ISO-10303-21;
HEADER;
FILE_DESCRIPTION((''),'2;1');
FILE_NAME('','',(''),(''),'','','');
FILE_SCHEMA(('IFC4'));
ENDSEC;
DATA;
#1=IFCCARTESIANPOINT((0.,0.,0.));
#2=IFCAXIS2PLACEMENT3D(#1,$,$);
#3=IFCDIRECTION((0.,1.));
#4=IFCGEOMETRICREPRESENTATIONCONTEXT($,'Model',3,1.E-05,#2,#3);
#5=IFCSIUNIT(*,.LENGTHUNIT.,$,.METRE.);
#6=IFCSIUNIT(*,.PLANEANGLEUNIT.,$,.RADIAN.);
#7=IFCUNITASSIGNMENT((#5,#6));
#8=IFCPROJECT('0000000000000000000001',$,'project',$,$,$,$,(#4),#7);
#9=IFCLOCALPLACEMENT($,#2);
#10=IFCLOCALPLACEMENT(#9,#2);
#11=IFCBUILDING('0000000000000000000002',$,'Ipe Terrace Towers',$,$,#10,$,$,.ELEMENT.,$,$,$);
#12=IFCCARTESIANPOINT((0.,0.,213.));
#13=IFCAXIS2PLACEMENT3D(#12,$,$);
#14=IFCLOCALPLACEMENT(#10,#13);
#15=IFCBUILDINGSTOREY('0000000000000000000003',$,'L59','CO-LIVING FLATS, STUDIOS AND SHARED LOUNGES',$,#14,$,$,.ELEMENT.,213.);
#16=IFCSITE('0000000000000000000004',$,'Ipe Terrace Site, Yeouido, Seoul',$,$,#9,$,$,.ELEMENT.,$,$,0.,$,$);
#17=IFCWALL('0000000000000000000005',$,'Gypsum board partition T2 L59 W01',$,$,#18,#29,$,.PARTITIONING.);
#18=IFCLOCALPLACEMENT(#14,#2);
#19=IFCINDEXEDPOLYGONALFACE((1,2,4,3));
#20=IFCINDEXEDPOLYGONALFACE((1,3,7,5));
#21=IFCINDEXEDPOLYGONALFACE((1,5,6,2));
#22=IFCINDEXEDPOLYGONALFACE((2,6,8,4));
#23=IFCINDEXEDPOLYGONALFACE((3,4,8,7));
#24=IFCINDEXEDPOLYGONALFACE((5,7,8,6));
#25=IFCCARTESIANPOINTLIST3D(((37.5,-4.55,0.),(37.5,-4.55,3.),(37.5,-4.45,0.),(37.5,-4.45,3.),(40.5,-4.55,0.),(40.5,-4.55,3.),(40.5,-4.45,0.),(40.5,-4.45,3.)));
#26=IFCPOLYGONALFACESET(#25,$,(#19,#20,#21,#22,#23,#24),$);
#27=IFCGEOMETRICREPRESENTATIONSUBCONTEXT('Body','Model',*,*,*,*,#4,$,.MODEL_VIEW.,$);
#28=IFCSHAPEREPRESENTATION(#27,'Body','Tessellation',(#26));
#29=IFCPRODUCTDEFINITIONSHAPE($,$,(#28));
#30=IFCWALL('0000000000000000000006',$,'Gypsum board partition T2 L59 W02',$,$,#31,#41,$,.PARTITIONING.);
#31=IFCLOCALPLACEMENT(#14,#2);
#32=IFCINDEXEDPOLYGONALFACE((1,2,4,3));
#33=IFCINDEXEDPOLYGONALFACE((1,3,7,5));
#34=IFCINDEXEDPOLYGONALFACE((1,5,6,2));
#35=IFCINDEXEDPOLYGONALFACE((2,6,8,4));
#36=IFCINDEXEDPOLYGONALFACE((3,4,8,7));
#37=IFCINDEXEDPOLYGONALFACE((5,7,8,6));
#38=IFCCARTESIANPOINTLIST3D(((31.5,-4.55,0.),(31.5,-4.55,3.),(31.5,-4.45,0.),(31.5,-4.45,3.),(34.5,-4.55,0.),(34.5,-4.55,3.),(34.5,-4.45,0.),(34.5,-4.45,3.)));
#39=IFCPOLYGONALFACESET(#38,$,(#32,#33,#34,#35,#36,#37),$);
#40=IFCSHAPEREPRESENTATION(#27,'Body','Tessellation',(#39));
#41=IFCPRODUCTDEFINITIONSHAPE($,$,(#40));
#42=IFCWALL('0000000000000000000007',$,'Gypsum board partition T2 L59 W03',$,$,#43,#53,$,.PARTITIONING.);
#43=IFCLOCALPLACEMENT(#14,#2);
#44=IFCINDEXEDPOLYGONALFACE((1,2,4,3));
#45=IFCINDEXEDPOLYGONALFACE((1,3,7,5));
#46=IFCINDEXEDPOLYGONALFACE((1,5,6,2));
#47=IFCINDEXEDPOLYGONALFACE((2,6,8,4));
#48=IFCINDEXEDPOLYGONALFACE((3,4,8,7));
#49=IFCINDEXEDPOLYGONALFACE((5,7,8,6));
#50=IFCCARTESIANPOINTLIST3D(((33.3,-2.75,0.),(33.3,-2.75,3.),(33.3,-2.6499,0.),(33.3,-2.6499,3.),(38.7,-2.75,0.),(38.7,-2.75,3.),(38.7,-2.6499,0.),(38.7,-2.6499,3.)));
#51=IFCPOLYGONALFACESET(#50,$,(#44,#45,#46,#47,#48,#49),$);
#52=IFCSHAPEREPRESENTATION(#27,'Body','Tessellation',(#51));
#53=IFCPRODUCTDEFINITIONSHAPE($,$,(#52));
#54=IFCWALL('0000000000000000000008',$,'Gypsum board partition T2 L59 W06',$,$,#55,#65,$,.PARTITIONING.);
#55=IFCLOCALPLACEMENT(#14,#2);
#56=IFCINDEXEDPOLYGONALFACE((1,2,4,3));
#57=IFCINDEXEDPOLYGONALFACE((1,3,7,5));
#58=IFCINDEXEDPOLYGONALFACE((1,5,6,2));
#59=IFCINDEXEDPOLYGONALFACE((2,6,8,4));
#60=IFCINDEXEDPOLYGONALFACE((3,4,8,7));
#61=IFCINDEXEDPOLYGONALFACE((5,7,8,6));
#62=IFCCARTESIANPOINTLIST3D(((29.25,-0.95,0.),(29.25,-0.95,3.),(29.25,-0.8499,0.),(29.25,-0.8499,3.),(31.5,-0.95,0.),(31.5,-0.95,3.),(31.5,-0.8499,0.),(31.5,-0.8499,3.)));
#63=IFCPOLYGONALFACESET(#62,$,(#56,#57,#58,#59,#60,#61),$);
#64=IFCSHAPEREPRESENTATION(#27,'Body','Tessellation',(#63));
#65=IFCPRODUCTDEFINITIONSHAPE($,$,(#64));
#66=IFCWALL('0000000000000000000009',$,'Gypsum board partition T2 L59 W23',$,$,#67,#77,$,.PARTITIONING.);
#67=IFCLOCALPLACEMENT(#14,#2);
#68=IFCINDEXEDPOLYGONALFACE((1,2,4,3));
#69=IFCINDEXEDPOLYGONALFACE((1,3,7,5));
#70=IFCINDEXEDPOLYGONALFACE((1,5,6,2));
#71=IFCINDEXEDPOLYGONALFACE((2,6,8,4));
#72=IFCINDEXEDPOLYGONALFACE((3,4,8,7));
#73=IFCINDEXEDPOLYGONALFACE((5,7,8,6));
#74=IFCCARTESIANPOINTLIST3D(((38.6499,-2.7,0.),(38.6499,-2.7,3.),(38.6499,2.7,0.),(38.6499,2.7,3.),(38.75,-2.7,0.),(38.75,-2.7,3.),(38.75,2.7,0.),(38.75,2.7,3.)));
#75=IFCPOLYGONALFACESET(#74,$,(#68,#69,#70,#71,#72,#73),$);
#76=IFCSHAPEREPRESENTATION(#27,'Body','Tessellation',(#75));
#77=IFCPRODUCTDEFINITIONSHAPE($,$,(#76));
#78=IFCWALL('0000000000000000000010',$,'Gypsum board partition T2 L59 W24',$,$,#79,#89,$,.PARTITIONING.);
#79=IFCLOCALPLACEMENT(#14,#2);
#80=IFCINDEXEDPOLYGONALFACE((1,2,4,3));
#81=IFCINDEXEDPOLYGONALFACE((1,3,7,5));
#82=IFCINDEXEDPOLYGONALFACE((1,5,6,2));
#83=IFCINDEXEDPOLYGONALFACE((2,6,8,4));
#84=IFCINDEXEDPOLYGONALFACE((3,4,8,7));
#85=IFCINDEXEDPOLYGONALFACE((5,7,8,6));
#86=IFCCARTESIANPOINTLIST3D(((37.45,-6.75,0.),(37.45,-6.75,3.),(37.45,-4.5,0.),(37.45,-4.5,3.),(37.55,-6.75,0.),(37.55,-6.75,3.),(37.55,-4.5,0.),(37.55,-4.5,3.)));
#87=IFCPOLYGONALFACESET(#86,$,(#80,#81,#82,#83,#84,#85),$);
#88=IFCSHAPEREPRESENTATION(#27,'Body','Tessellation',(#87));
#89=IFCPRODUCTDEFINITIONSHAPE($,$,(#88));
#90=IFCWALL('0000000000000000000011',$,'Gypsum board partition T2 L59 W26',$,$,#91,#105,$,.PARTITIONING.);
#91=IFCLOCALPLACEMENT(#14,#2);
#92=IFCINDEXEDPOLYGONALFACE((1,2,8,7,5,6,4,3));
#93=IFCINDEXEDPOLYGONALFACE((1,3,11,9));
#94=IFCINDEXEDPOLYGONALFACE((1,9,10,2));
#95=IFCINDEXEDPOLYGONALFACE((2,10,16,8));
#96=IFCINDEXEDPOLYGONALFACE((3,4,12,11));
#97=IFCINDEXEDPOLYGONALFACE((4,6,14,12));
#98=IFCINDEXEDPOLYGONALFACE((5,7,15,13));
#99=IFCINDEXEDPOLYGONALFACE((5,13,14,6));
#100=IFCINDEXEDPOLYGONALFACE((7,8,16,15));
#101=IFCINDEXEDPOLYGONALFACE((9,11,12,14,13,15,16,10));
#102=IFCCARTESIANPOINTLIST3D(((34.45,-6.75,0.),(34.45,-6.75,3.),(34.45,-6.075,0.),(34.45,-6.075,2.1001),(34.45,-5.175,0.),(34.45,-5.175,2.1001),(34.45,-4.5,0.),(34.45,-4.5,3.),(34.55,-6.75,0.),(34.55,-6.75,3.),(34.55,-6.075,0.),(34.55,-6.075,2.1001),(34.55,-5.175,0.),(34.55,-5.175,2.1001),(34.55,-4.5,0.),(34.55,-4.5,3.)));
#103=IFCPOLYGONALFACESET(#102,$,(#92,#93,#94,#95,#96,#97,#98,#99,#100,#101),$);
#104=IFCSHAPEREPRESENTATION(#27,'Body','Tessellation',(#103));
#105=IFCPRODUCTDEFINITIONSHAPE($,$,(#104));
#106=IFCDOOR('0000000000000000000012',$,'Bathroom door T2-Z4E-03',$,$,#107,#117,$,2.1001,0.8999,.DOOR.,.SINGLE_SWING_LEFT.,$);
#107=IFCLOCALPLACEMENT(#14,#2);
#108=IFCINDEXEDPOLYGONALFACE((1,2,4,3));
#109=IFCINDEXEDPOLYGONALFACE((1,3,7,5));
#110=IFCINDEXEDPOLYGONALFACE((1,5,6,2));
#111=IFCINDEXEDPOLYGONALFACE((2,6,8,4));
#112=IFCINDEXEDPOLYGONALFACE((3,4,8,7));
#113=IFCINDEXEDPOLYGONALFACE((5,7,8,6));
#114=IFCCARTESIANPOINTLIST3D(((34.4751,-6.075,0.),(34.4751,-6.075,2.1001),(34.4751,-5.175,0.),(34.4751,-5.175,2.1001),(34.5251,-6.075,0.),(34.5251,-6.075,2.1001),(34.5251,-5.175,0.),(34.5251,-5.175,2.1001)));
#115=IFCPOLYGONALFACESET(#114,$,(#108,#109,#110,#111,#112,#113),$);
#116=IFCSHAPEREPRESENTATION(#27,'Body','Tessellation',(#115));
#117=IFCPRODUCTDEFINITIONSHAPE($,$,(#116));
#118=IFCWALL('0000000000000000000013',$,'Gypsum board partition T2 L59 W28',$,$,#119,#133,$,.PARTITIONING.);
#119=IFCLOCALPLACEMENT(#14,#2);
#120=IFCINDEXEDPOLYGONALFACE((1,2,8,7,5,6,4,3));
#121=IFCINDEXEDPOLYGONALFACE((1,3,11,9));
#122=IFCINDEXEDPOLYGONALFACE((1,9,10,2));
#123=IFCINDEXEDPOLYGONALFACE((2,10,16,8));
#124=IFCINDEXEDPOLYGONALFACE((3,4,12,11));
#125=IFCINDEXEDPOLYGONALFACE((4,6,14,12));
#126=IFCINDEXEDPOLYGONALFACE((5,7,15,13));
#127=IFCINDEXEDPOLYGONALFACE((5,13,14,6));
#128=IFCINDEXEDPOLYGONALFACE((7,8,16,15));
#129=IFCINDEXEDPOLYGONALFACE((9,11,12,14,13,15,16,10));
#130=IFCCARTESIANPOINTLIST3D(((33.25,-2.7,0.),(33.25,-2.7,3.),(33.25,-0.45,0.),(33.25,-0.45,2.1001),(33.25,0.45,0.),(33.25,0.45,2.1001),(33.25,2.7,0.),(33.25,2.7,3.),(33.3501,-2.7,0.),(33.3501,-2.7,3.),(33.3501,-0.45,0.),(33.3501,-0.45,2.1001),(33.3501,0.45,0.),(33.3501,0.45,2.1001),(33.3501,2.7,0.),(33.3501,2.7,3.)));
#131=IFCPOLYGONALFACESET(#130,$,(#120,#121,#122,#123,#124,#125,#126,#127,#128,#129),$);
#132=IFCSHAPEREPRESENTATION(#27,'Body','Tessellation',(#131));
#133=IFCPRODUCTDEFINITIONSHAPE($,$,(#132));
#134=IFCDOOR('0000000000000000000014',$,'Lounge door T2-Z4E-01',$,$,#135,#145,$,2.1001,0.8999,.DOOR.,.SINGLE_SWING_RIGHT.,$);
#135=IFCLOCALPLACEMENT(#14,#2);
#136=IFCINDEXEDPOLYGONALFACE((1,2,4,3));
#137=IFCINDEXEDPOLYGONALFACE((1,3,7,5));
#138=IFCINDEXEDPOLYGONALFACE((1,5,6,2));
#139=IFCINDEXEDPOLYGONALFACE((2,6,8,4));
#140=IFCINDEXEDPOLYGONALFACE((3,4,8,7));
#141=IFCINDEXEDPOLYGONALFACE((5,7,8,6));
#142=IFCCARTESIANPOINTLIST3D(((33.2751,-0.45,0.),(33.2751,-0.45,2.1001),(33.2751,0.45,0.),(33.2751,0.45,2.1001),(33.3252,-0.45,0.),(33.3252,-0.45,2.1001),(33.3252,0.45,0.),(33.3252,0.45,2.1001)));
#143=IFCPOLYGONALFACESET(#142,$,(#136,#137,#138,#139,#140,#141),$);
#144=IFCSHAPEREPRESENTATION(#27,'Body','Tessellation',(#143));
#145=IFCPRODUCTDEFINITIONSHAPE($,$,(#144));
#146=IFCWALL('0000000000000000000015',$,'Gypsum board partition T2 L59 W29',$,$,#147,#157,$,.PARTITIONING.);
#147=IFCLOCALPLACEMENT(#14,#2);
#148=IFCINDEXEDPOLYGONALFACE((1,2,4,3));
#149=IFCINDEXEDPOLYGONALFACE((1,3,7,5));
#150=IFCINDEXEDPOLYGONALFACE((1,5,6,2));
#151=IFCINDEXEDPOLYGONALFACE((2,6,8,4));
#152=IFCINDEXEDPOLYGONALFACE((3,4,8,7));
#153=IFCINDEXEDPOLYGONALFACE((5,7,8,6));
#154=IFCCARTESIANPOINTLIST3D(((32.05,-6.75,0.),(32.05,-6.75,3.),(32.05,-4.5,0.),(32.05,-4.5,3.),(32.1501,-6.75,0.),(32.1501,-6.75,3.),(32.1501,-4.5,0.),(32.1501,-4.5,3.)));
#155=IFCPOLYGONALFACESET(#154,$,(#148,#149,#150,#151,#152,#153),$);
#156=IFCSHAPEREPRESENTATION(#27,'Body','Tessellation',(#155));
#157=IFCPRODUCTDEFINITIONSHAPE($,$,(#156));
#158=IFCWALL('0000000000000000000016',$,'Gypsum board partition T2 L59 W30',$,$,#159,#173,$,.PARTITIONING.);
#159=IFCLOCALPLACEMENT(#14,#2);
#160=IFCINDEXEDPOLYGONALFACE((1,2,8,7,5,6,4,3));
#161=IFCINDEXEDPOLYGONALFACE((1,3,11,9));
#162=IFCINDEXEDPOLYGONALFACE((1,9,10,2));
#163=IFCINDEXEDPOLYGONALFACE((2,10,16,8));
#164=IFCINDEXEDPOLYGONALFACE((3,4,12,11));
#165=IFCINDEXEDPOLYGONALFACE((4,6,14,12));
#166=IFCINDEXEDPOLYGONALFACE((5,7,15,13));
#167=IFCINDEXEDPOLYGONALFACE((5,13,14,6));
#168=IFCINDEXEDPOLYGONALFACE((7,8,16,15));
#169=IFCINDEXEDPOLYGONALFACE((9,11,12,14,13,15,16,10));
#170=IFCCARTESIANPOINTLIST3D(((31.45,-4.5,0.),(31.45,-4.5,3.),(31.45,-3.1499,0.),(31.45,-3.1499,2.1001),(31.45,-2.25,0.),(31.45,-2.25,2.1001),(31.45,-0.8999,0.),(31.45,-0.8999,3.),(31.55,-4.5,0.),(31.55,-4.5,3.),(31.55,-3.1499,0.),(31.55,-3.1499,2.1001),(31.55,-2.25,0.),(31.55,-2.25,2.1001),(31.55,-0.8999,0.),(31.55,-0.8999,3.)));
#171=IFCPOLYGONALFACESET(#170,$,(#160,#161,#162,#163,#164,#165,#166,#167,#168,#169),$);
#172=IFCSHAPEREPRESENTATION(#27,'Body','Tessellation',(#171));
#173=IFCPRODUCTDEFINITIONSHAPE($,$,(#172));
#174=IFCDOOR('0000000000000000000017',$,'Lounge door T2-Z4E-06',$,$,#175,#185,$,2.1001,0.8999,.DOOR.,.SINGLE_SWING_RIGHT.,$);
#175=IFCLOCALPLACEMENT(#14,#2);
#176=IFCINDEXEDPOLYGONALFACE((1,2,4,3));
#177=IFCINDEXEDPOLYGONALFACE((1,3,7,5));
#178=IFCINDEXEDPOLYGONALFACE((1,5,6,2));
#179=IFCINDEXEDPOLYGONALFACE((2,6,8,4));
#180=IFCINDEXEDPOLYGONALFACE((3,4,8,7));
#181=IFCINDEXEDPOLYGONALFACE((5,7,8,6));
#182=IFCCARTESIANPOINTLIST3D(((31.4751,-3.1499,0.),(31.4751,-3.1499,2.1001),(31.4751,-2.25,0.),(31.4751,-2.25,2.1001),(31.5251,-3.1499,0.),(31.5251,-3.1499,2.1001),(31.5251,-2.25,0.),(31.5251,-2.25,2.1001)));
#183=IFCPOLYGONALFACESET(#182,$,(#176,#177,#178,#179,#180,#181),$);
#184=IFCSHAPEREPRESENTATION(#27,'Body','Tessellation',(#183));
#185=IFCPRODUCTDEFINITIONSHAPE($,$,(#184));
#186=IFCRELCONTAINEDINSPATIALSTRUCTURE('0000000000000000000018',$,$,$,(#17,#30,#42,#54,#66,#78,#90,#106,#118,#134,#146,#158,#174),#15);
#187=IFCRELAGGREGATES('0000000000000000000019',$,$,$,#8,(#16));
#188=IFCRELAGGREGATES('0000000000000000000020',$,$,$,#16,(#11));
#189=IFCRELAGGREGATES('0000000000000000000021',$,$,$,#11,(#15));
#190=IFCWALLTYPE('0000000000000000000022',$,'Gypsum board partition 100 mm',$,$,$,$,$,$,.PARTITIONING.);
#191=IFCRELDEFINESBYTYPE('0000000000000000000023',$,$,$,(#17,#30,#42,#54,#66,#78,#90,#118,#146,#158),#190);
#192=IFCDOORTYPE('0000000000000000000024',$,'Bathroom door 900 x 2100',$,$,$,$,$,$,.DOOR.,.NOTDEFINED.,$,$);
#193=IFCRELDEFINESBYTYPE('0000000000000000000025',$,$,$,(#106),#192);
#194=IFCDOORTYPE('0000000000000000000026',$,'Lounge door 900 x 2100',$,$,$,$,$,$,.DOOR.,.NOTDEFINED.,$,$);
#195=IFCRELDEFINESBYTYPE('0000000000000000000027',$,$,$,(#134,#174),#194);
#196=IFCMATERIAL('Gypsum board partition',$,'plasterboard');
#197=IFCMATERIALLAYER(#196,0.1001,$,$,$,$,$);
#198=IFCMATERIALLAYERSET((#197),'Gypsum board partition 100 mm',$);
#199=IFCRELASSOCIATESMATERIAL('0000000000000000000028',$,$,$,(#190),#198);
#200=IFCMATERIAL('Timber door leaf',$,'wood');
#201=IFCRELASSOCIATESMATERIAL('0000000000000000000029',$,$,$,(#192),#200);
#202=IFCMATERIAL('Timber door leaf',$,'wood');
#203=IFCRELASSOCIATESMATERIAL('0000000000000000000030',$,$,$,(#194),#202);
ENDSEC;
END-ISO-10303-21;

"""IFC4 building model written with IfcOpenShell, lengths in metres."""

from ifc_helpers import new_model, si_unit, direction, frame, frame_2d, origin, place, context, subcontext, project, spatial, rectangle, extrude, material, layer, layer_set, type_object, element, fill, save


model = new_model("IFC4")

# Units and contexts
model_context = context("Model", 3, precision=1e-05, world=origin(), true_north=direction((0.0, 1.0)))
body_context = subcontext(model_context, "Body", "Model", "MODEL_VIEW")
ifc_project = project(units=[si_unit("LENGTHUNIT", "METRE"), si_unit("PLANEANGLEUNIT", "RADIAN")], contexts=[model_context])

# Site, building, storey
site_placement = place(None, origin())
site = spatial("IfcSite", under=ifc_project, at=site_placement, Name="Ipe Terrace Site, Yeouido, Seoul", CompositionType="ELEMENT", RefElevation=0.0)
building_placement = place(site_placement, origin())
building = spatial("IfcBuilding", under=site, at=building_placement, Name="Ipe Terrace Towers", CompositionType="ELEMENT")
storey_placement = place(building_placement, frame((0.0, 0.0, 213.0)))
storey = spatial("IfcBuildingStorey", under=building, at=storey_placement, Name="L59", Description="CO-LIVING FLATS, STUDIOS AND SHARED LOUNGES", CompositionType="ELEMENT", Elevation=213.0)

# Walls
ifc_material_1 = material(Name="Gypsum board partition", Category="plasterboard")
ifc_layer_1 = layer(ifc_material_1, 0.1001)
ifc_layer_set_1 = layer_set([ifc_layer_1], Name="Gypsum board partition 100 mm")
wall_type_1 = type_object("IfcWallType", Name="Gypsum board partition 100 mm", PredefinedType="PARTITIONING", material=ifc_layer_set_1)
for number, where, z_axis, x_axis, name in (
    (1, (40.5, -4.5, 0.0), (0.0, 0.0, 1.0), (-1.0, 0.0, 0.0), "Gypsum board partition T2 L59 W01"),
    (2, (34.5, -4.5, 0.0), (0.0, 0.0, 1.0), (-1.0, 0.0, 0.0), "Gypsum board partition T2 L59 W02"),
):
    element("IfcWall", number, at=place(storey_placement, frame(where, z_axis=z_axis, x_axis=x_axis)), inside=storey, type_object=wall_type_1, Name=name, PredefinedType="PARTITIONING", context=body_context, shape_type="SweptSolid", body=[
        extrude(rectangle(XDim=3.0, YDim=0.1001, at=frame_2d((1.5, 0.0))), origin(), (0.0, 0.0, 1.0), 3.0),
    ])
wall_1_placement = place(storey_placement, frame((38.7, -2.7, 0.0), z_axis=(0.0, 0.0, 1.0), x_axis=(-1.0, 0.0, 0.0)))
element("IfcWall", 3, at=wall_1_placement, inside=storey, type_object=wall_type_1, Name="Gypsum board partition T2 L59 W03", PredefinedType="PARTITIONING", context=body_context, shape_type="SweptSolid", body=[
    extrude(rectangle(XDim=5.3999, YDim=0.1001, at=frame_2d((2.7, 0.0))), origin(), (0.0, 0.0, 1.0), 3.0),
])
wall_2_placement = place(storey_placement, frame((31.5, -0.8999, 0.0), z_axis=(0.0, 0.0, 1.0), x_axis=(-1.0, 0.0, 0.0)))
element("IfcWall", 4, at=wall_2_placement, inside=storey, type_object=wall_type_1, Name="Gypsum board partition T2 L59 W06", PredefinedType="PARTITIONING", context=body_context, shape_type="SweptSolid", body=[
    extrude(rectangle(XDim=2.25, YDim=0.1001, at=frame_2d((1.125, 0.0))), origin(), (0.0, 0.0, 1.0), 3.0),
])
wall_3_placement = place(storey_placement, frame((38.7, -2.7, 0.0), z_axis=(0.0, 0.0, 1.0), x_axis=(0.0, 1.0, 0.0)))
element("IfcWall", 5, at=wall_3_placement, inside=storey, type_object=wall_type_1, Name="Gypsum board partition T2 L59 W23", PredefinedType="PARTITIONING", context=body_context, shape_type="SweptSolid", body=[
    extrude(rectangle(XDim=5.3999, YDim=0.1001, at=frame_2d((2.7, 0.0))), origin(), (0.0, 0.0, 1.0), 3.0),
])
wall_4_placement = place(storey_placement, frame((37.5, -6.75, 0.0), z_axis=(0.0, 0.0, 1.0), x_axis=(0.0, 1.0, 0.0)))
element("IfcWall", 6, at=wall_4_placement, inside=storey, type_object=wall_type_1, Name="Gypsum board partition T2 L59 W24", PredefinedType="PARTITIONING", context=body_context, shape_type="SweptSolid", body=[
    extrude(rectangle(XDim=2.25, YDim=0.1001, at=frame_2d((1.125, 0.0))), origin(), (0.0, 0.0, 1.0), 3.0),
])

# Walls, openings, doors
wall_5_placement = place(storey_placement, frame((34.5, -6.75, 0.0), z_axis=(0.0, 0.0, 1.0), x_axis=(0.0, 1.0, 0.0)))
wall_5 = element("IfcWall", 7, at=wall_5_placement, inside=storey, type_object=wall_type_1, Name="Gypsum board partition T2 L59 W26", PredefinedType="PARTITIONING", context=body_context, shape_type="SweptSolid", body=[
    extrude(rectangle(XDim=2.25, YDim=0.1001, at=frame_2d((1.125, 0.0))), origin(), (0.0, 0.0, 1.0), 3.0),
])
opening_1_placement = place(wall_5_placement, frame((0.675, 0.0, 0.0)))
opening_1 = element("IfcOpeningElement", 8, at=opening_1_placement, cuts=wall_5, PredefinedType="OPENING", context=body_context, shape_type="SweptSolid", body=[
    extrude(rectangle(XDim=0.8999, YDim=2.1001, at=frame_2d((0.45, 1.05))), frame((0.0, 0.0601, 0.0), z_axis=(0.0, -1.0, 0.0), x_axis=(1.0, 0.0, 0.0)), (0.0, 0.0, 1.0), 0.1201),
])
ifc_material_2 = material(Name="Timber door leaf", Category="wood")
door_type_1 = type_object("IfcDoorType", Name="Bathroom door 900 x 2100", OperationType="NOTDEFINED", PredefinedType="DOOR", material=ifc_material_2)
door_1_placement = place(opening_1_placement, origin())
door_1 = element("IfcDoor", 9, at=door_1_placement, inside=storey, type_object=door_type_1, Name="Bathroom door T2-Z4E-03", OperationType="SINGLE_SWING_LEFT", OverallHeight=2.1001, OverallWidth=0.8999, PredefinedType="DOOR", context=body_context, shape_type="SweptSolid", body=[
    extrude(rectangle(XDim=0.8999, YDim=2.1001, at=frame_2d((0.45, 1.05))), frame((0.0, 0.0249, 0.0), z_axis=(0.0, -1.0, 0.0), x_axis=(1.0, 0.0, 0.0)), (0.0, 0.0, 1.0), 0.05),
])
fill(opening_1, door_1)
wall_6_placement = place(storey_placement, frame((33.3, -2.7, 0.0), z_axis=(0.0, 0.0, 1.0), x_axis=(0.0, 1.0, 0.0)))
wall_6 = element("IfcWall", 10, at=wall_6_placement, inside=storey, type_object=wall_type_1, Name="Gypsum board partition T2 L59 W28", PredefinedType="PARTITIONING", context=body_context, shape_type="SweptSolid", body=[
    extrude(rectangle(XDim=5.3999, YDim=0.1001, at=frame_2d((2.7, 0.0))), origin(), (0.0, 0.0, 1.0), 3.0),
])
opening_2_placement = place(wall_6_placement, frame((2.25, 0.0, 0.0)))
opening_2 = element("IfcOpeningElement", 11, at=opening_2_placement, cuts=wall_6, PredefinedType="OPENING", context=body_context, shape_type="SweptSolid", body=[
    extrude(rectangle(XDim=0.8999, YDim=2.1001, at=frame_2d((0.45, 1.05))), frame((0.0, 0.0601, 0.0), z_axis=(0.0, -1.0, 0.0), x_axis=(1.0, 0.0, 0.0)), (0.0, 0.0, 1.0), 0.1201),
])
ifc_material_3 = material(Name="Timber door leaf", Category="wood")
door_type_2 = type_object("IfcDoorType", Name="Lounge door 900 x 2100", OperationType="NOTDEFINED", PredefinedType="DOOR", material=ifc_material_3)
door_2_placement = place(opening_2_placement, origin())
door_2 = element("IfcDoor", 12, at=door_2_placement, inside=storey, type_object=door_type_2, Name="Lounge door T2-Z4E-01", OperationType="SINGLE_SWING_RIGHT", OverallHeight=2.1001, OverallWidth=0.8999, PredefinedType="DOOR", context=body_context, shape_type="SweptSolid", body=[
    extrude(rectangle(XDim=0.8999, YDim=2.1001, at=frame_2d((0.45, 1.05))), frame((0.0, 0.0249, 0.0), z_axis=(0.0, -1.0, 0.0), x_axis=(1.0, 0.0, 0.0)), (0.0, 0.0, 1.0), 0.05),
])
fill(opening_2, door_2)

# Wall
wall_7_placement = place(storey_placement, frame((32.1001, -6.75, 0.0), z_axis=(0.0, 0.0, 1.0), x_axis=(0.0, 1.0, 0.0)))
element("IfcWall", 13, at=wall_7_placement, inside=storey, type_object=wall_type_1, Name="Gypsum board partition T2 L59 W29", PredefinedType="PARTITIONING", context=body_context, shape_type="SweptSolid", body=[
    extrude(rectangle(XDim=2.25, YDim=0.1001, at=frame_2d((1.125, 0.0))), origin(), (0.0, 0.0, 1.0), 3.0),
])

# Wall, opening, door
wall_8_placement = place(storey_placement, frame((31.5, -4.5, 0.0), z_axis=(0.0, 0.0, 1.0), x_axis=(0.0, 1.0, 0.0)))
wall_8 = element("IfcWall", 14, at=wall_8_placement, inside=storey, type_object=wall_type_1, Name="Gypsum board partition T2 L59 W30", PredefinedType="PARTITIONING", context=body_context, shape_type="SweptSolid", body=[
    extrude(rectangle(XDim=3.6001, YDim=0.1001, at=frame_2d((1.8, 0.0))), origin(), (0.0, 0.0, 1.0), 3.0),
])
opening_3_placement = place(wall_8_placement, frame((1.3501, 0.0, 0.0)))
opening_3 = element("IfcOpeningElement", 15, at=opening_3_placement, cuts=wall_8, PredefinedType="OPENING", context=body_context, shape_type="SweptSolid", body=[
    extrude(rectangle(XDim=0.8999, YDim=2.1001, at=frame_2d((0.45, 1.05))), frame((0.0, 0.0601, 0.0), z_axis=(0.0, -1.0, 0.0), x_axis=(1.0, 0.0, 0.0)), (0.0, 0.0, 1.0), 0.1201),
])
door_3_placement = place(opening_3_placement, origin())
door_3 = element("IfcDoor", 16, at=door_3_placement, inside=storey, type_object=door_type_2, Name="Lounge door T2-Z4E-06", OperationType="SINGLE_SWING_RIGHT", OverallHeight=2.1001, OverallWidth=0.8999, PredefinedType="DOOR", context=body_context, shape_type="SweptSolid", body=[
    extrude(rectangle(XDim=0.8999, YDim=2.1001, at=frame_2d((0.45, 1.05))), frame((0.0, 0.0249, 0.0), z_axis=(0.0, -1.0, 0.0), x_axis=(1.0, 0.0, 0.0)), (0.0, 0.0, 1.0), 0.05),
])
fill(opening_3, door_3)

save(model, "model.ifc")
